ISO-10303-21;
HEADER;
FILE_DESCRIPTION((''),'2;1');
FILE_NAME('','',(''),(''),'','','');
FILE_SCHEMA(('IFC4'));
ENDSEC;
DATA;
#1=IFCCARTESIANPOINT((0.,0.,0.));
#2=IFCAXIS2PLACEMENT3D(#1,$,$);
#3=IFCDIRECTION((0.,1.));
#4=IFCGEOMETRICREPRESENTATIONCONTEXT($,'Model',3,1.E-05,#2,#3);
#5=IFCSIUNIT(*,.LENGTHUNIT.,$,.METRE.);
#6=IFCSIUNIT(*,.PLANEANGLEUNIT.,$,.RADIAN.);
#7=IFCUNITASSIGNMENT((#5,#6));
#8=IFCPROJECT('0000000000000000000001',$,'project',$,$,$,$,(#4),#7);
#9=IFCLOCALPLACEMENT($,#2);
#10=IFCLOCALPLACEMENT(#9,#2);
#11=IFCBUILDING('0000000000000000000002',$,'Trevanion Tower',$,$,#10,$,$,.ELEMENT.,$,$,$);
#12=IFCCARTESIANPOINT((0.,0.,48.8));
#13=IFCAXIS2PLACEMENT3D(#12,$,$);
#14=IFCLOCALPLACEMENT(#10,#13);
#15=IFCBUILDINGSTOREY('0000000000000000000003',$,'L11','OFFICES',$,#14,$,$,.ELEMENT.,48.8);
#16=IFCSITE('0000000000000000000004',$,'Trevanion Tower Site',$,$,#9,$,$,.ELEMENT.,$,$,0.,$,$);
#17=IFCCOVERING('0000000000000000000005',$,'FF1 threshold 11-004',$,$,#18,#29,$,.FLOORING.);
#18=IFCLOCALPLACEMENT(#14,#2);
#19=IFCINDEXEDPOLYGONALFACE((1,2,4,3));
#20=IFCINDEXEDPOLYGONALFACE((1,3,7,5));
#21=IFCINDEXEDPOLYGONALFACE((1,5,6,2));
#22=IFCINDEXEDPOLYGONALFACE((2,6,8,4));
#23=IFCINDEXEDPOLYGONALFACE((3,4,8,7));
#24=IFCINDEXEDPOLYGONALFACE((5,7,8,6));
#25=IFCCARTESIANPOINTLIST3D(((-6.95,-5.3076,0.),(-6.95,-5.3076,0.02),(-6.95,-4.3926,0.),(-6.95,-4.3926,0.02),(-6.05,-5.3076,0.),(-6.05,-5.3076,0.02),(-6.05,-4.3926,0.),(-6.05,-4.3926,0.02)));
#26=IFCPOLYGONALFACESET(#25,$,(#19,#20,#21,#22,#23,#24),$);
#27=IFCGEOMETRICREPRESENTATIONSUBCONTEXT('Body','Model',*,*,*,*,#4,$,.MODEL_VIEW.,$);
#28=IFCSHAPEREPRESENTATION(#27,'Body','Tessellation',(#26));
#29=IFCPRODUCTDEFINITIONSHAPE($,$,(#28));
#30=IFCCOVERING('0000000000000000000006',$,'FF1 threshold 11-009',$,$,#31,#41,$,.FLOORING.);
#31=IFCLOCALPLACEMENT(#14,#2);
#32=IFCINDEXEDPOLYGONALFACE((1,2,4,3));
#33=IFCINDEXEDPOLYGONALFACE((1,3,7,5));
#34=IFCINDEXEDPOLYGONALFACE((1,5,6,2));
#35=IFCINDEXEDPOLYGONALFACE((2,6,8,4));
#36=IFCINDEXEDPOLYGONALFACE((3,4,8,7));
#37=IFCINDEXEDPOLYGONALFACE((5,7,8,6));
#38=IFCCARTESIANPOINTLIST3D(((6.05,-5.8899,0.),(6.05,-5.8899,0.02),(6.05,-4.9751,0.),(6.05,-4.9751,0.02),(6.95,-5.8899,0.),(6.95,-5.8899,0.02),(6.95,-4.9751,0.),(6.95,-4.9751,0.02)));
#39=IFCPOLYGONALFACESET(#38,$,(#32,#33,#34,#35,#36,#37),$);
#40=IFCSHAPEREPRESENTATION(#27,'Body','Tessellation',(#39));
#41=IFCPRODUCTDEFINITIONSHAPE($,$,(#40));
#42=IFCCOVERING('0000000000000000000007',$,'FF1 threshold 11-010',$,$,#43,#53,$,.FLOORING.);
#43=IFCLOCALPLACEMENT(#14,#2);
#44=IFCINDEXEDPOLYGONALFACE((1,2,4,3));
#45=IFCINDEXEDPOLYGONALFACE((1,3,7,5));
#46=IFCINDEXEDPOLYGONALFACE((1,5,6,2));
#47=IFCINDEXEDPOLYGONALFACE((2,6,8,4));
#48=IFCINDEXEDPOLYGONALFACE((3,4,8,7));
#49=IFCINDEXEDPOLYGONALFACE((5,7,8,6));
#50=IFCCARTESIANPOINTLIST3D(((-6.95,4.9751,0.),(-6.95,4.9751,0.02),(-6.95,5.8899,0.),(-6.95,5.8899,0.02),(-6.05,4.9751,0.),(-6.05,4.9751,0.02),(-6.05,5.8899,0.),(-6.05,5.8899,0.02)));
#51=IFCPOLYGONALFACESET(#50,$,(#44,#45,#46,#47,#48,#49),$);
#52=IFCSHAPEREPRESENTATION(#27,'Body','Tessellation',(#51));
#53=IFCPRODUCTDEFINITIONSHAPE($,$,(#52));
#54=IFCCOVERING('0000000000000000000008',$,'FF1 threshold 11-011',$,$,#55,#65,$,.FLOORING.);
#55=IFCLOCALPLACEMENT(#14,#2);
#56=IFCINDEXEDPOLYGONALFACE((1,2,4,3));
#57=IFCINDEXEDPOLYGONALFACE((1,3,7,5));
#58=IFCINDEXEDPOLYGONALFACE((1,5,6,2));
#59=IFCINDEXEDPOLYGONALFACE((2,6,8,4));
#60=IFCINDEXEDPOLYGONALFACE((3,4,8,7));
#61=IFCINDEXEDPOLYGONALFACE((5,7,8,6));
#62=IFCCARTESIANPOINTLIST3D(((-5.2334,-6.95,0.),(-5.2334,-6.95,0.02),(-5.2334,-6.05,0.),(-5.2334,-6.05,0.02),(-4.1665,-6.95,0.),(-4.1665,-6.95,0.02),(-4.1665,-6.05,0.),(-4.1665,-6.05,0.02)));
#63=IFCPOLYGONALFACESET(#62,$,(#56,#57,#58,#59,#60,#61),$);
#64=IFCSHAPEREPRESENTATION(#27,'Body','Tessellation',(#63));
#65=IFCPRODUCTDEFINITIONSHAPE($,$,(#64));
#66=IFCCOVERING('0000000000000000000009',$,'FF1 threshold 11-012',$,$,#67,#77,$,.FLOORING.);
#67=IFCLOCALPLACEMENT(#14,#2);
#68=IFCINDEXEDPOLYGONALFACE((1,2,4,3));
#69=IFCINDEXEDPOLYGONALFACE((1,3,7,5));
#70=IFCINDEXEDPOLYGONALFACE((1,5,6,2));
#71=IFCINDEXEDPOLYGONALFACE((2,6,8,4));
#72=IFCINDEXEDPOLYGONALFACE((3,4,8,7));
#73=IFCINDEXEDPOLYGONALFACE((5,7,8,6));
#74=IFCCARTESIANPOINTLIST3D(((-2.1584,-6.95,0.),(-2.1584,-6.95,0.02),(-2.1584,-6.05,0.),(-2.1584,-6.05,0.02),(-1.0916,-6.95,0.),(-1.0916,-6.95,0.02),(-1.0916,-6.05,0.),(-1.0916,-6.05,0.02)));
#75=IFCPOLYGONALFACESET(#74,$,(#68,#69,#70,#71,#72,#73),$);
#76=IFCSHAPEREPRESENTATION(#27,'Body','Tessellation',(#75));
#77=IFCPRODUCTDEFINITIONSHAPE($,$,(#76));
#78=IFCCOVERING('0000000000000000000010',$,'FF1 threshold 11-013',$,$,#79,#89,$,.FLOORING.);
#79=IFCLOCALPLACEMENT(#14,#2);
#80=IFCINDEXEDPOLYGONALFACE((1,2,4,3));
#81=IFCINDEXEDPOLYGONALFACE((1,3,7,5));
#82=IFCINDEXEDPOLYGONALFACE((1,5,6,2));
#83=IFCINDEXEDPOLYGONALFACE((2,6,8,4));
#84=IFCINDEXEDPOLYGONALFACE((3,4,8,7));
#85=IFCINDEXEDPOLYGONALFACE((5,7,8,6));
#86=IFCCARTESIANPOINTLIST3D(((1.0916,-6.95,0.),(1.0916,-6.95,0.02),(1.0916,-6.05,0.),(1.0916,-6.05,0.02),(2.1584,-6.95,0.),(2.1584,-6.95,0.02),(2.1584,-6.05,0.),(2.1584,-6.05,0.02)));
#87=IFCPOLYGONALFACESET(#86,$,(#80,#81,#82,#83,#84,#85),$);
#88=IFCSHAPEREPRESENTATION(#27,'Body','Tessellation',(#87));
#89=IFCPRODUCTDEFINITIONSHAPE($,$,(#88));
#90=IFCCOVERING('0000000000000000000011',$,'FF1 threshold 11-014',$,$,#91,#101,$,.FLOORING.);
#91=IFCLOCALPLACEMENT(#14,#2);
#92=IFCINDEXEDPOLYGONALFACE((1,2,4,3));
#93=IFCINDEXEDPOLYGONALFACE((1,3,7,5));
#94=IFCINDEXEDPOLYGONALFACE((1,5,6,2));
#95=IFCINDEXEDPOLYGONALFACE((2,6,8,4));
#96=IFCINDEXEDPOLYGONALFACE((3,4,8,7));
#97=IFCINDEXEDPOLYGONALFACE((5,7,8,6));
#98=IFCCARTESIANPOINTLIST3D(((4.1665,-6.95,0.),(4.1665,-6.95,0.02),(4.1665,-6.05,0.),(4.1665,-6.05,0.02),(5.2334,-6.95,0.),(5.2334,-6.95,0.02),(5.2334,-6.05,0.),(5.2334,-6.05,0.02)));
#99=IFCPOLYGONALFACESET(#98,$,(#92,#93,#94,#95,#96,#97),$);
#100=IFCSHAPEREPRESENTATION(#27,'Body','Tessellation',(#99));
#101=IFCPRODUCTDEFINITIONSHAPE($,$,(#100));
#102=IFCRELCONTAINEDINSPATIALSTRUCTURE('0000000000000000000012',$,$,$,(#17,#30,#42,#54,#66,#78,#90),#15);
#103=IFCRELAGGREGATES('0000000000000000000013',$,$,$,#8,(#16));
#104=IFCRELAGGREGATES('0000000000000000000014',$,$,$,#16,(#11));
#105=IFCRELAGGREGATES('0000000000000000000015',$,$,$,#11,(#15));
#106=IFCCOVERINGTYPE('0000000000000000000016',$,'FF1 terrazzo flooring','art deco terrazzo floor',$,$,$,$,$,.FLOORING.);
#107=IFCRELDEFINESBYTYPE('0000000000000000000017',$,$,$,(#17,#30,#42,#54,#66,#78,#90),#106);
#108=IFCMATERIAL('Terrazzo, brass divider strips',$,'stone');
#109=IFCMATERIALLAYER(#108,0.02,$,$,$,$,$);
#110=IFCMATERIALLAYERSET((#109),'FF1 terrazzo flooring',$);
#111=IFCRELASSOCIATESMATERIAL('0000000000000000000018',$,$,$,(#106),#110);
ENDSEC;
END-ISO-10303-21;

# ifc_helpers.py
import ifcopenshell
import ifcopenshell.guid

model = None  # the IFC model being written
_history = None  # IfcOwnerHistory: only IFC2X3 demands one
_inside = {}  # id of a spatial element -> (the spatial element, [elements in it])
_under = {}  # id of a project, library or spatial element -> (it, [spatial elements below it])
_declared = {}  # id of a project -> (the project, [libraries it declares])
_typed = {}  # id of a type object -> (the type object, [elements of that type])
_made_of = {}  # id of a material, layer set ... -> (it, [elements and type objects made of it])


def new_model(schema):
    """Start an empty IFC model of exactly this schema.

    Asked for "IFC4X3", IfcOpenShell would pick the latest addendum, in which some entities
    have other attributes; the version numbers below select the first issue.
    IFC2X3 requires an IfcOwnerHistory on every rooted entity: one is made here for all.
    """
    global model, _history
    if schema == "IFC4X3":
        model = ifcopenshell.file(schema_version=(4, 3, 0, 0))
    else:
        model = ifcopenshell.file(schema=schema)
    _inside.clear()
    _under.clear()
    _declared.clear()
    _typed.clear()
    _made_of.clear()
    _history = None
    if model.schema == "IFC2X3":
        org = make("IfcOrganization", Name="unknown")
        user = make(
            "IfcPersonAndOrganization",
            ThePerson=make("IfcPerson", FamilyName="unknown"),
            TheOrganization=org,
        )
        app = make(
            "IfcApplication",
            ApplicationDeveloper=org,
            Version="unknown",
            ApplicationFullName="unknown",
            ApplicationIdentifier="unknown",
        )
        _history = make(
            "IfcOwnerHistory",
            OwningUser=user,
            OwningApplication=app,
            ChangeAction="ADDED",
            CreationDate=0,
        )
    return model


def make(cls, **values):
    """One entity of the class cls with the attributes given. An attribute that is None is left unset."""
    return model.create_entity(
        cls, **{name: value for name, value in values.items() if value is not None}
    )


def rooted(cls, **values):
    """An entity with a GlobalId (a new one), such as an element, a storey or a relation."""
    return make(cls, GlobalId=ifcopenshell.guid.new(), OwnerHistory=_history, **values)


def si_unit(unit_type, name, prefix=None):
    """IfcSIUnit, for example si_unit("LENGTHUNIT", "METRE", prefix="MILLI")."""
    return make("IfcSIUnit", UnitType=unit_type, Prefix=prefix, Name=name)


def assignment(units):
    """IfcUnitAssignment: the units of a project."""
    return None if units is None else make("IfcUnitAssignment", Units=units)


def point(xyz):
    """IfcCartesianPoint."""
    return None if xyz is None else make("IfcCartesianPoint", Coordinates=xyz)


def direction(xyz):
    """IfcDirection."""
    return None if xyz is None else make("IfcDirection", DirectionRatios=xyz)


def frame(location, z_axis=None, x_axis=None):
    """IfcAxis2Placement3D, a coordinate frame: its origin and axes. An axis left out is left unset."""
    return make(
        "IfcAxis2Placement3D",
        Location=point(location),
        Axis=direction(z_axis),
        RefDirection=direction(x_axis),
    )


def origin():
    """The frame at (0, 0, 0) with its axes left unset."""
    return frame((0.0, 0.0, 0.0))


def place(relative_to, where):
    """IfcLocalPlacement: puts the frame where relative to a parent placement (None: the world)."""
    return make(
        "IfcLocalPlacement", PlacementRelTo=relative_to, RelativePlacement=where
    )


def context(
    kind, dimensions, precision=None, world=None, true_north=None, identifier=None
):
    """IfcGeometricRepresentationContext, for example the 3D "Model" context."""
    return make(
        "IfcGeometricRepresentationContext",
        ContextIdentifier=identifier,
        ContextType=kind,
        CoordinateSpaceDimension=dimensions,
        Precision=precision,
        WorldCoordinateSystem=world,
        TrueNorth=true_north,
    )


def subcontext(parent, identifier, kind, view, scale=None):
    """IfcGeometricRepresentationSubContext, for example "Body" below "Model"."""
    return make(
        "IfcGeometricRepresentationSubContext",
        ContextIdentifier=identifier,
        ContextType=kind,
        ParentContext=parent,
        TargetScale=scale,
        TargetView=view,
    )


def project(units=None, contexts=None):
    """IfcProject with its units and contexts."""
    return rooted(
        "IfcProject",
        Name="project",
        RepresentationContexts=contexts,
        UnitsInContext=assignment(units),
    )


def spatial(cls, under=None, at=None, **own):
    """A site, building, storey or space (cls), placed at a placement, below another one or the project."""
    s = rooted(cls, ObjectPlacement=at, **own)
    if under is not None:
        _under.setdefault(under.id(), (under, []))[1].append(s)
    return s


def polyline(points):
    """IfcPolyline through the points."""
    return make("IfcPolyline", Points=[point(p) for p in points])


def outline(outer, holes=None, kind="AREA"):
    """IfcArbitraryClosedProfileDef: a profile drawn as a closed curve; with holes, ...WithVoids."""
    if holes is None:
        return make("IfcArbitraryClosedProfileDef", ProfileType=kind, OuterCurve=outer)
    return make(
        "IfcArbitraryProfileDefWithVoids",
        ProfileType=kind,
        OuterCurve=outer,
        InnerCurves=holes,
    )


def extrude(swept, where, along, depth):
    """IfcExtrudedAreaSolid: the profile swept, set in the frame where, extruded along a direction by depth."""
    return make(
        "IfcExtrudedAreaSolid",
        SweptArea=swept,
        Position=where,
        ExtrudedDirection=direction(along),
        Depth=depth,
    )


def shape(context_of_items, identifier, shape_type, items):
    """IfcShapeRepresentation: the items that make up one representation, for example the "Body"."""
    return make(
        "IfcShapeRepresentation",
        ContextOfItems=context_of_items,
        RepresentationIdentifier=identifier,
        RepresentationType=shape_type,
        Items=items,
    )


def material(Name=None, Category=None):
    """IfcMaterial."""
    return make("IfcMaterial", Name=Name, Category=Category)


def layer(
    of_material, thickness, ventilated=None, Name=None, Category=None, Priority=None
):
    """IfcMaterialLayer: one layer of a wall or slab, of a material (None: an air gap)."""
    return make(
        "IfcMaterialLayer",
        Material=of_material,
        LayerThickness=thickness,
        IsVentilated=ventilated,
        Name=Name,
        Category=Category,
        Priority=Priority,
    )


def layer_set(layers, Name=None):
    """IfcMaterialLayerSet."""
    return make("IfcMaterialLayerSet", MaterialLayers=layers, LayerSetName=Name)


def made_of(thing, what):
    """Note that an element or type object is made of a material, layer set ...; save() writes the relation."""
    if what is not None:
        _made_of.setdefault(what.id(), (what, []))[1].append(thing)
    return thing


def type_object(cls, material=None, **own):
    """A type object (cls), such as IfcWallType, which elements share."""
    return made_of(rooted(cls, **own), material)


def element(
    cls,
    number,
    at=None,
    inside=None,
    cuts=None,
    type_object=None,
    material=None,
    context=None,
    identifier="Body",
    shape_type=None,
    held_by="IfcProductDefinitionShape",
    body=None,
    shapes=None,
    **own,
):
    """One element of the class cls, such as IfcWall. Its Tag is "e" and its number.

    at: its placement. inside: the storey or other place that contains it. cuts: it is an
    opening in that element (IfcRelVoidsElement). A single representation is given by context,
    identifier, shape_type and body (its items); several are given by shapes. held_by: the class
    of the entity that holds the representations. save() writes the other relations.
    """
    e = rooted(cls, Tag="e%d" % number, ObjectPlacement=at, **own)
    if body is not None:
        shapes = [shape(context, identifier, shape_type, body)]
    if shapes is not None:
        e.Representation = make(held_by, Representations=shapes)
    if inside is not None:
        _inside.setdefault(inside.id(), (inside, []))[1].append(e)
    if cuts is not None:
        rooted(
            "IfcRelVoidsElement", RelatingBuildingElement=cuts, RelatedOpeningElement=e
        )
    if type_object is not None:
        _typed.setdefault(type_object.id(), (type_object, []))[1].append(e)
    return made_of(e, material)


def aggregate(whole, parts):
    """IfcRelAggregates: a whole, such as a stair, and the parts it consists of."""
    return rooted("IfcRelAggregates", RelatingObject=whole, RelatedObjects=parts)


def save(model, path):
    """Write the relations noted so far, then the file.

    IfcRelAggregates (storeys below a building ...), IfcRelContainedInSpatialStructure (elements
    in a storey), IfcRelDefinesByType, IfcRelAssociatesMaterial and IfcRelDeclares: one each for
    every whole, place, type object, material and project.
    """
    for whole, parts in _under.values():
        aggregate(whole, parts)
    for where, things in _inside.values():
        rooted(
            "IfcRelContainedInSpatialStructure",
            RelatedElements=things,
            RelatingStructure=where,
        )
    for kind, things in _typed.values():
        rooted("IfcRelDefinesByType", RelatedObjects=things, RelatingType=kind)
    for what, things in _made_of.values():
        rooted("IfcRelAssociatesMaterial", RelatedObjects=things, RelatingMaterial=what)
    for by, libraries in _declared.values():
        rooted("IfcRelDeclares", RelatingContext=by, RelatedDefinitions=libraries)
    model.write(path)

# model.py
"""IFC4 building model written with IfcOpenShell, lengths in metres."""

from ifc_helpers import new_model, si_unit, direction, frame, origin, place, context, subcontext, project, spatial, polyline, outline, extrude, material, layer, layer_set, type_object, element, save


model = new_model("IFC4")

# Units and contexts
model_context = context("Model", 3, precision=1e-05, world=origin(), true_north=direction((0.0, 1.0)))
body_context = subcontext(model_context, "Body", "Model", "MODEL_VIEW")
ifc_project = project(units=[si_unit("LENGTHUNIT", "METRE"), si_unit("PLANEANGLEUNIT", "RADIAN")], contexts=[model_context])

# Site, building, storey
site_placement = place(None, origin())
site = spatial("IfcSite", under=ifc_project, at=site_placement, Name="Trevanion Tower Site", CompositionType="ELEMENT", RefElevation=0.0)
building_placement = place(site_placement, origin())
building = spatial("IfcBuilding", under=site, at=building_placement, Name="Trevanion Tower", CompositionType="ELEMENT")
storey_placement = place(building_placement, frame((0.0, 0.0, 48.8)))
storey = spatial("IfcBuildingStorey", under=building, at=storey_placement, Name="L11", Description="OFFICES", CompositionType="ELEMENT", Elevation=48.8)

# Coverings
ifc_material_1 = material(Name="Terrazzo, brass divider strips", Category="stone")
ifc_layer_1 = layer(ifc_material_1, 0.02)
ifc_layer_set_1 = layer_set([ifc_layer_1], Name="FF1 terrazzo flooring")
covering_type = type_object("IfcCoveringType", Name="FF1 terrazzo flooring", Description="art deco terrazzo floor", PredefinedType="FLOORING", material=ifc_layer_set_1)
covering_1_placement = place(storey_placement, origin())
element("IfcCovering", 1, at=covering_1_placement, inside=storey, type_object=covering_type, Name="FF1 threshold 11-004", PredefinedType="FLOORING", context=body_context, shape_type="SweptSolid", body=[
    extrude(outline(polyline([(-6.95, -4.3926), (-6.95, -5.3076), (-6.05, -5.3076), (-6.05, -4.3926), (-6.95, -4.3926)])), origin(), (0.0, 0.0, 1.0), 0.02),
])
covering_2_placement = place(storey_placement, origin())
element("IfcCovering", 2, at=covering_2_placement, inside=storey, type_object=covering_type, Name="FF1 threshold 11-009", PredefinedType="FLOORING", context=body_context, shape_type="SweptSolid", body=[
    extrude(outline(polyline([(6.95, -5.8899), (6.95, -4.9751), (6.05, -4.9751), (6.05, -5.8899), (6.95, -5.8899)])), origin(), (0.0, 0.0, 1.0), 0.02),
])
covering_3_placement = place(storey_placement, origin())
element("IfcCovering", 3, at=covering_3_placement, inside=storey, type_object=covering_type, Name="FF1 threshold 11-010", PredefinedType="FLOORING", context=body_context, shape_type="SweptSolid", body=[
    extrude(outline(polyline([(-6.95, 5.8899), (-6.95, 4.9751), (-6.05, 4.9751), (-6.05, 5.8899), (-6.95, 5.8899)])), origin(), (0.0, 0.0, 1.0), 0.02),
])
covering_4_placement = place(storey_placement, origin())
element("IfcCovering", 4, at=covering_4_placement, inside=storey, type_object=covering_type, Name="FF1 threshold 11-011", PredefinedType="FLOORING", context=body_context, shape_type="SweptSolid", body=[
    extrude(outline(polyline([(-5.2334, -6.95), (-4.1665, -6.95), (-4.1665, -6.05), (-5.2334, -6.05), (-5.2334, -6.95)])), origin(), (0.0, 0.0, 1.0), 0.02),
])
covering_5_placement = place(storey_placement, origin())
element("IfcCovering", 5, at=covering_5_placement, inside=storey, type_object=covering_type, Name="FF1 threshold 11-012", PredefinedType="FLOORING", context=body_context, shape_type="SweptSolid", body=[
    extrude(outline(polyline([(-2.1584, -6.95), (-1.0916, -6.95), (-1.0916, -6.05), (-2.1584, -6.05), (-2.1584, -6.95)])), origin(), (0.0, 0.0, 1.0), 0.02),
])
covering_6_placement = place(storey_placement, origin())
element("IfcCovering", 6, at=covering_6_placement, inside=storey, type_object=covering_type, Name="FF1 threshold 11-013", PredefinedType="FLOORING", context=body_context, shape_type="SweptSolid", body=[
    extrude(outline(polyline([(1.0916, -6.95), (2.1584, -6.95), (2.1584, -6.05), (1.0916, -6.05), (1.0916, -6.95)])), origin(), (0.0, 0.0, 1.0), 0.02),
])
covering_7_placement = place(storey_placement, origin())
element("IfcCovering", 7, at=covering_7_placement, inside=storey, type_object=covering_type, Name="FF1 threshold 11-014", PredefinedType="FLOORING", context=body_context, shape_type="SweptSolid", body=[
    extrude(outline(polyline([(4.1665, -6.95), (5.2334, -6.95), (5.2334, -6.05), (4.1665, -6.05), (4.1665, -6.95)])), origin(), (0.0, 0.0, 1.0), 0.02),
])

save(model, "model.ifc")
